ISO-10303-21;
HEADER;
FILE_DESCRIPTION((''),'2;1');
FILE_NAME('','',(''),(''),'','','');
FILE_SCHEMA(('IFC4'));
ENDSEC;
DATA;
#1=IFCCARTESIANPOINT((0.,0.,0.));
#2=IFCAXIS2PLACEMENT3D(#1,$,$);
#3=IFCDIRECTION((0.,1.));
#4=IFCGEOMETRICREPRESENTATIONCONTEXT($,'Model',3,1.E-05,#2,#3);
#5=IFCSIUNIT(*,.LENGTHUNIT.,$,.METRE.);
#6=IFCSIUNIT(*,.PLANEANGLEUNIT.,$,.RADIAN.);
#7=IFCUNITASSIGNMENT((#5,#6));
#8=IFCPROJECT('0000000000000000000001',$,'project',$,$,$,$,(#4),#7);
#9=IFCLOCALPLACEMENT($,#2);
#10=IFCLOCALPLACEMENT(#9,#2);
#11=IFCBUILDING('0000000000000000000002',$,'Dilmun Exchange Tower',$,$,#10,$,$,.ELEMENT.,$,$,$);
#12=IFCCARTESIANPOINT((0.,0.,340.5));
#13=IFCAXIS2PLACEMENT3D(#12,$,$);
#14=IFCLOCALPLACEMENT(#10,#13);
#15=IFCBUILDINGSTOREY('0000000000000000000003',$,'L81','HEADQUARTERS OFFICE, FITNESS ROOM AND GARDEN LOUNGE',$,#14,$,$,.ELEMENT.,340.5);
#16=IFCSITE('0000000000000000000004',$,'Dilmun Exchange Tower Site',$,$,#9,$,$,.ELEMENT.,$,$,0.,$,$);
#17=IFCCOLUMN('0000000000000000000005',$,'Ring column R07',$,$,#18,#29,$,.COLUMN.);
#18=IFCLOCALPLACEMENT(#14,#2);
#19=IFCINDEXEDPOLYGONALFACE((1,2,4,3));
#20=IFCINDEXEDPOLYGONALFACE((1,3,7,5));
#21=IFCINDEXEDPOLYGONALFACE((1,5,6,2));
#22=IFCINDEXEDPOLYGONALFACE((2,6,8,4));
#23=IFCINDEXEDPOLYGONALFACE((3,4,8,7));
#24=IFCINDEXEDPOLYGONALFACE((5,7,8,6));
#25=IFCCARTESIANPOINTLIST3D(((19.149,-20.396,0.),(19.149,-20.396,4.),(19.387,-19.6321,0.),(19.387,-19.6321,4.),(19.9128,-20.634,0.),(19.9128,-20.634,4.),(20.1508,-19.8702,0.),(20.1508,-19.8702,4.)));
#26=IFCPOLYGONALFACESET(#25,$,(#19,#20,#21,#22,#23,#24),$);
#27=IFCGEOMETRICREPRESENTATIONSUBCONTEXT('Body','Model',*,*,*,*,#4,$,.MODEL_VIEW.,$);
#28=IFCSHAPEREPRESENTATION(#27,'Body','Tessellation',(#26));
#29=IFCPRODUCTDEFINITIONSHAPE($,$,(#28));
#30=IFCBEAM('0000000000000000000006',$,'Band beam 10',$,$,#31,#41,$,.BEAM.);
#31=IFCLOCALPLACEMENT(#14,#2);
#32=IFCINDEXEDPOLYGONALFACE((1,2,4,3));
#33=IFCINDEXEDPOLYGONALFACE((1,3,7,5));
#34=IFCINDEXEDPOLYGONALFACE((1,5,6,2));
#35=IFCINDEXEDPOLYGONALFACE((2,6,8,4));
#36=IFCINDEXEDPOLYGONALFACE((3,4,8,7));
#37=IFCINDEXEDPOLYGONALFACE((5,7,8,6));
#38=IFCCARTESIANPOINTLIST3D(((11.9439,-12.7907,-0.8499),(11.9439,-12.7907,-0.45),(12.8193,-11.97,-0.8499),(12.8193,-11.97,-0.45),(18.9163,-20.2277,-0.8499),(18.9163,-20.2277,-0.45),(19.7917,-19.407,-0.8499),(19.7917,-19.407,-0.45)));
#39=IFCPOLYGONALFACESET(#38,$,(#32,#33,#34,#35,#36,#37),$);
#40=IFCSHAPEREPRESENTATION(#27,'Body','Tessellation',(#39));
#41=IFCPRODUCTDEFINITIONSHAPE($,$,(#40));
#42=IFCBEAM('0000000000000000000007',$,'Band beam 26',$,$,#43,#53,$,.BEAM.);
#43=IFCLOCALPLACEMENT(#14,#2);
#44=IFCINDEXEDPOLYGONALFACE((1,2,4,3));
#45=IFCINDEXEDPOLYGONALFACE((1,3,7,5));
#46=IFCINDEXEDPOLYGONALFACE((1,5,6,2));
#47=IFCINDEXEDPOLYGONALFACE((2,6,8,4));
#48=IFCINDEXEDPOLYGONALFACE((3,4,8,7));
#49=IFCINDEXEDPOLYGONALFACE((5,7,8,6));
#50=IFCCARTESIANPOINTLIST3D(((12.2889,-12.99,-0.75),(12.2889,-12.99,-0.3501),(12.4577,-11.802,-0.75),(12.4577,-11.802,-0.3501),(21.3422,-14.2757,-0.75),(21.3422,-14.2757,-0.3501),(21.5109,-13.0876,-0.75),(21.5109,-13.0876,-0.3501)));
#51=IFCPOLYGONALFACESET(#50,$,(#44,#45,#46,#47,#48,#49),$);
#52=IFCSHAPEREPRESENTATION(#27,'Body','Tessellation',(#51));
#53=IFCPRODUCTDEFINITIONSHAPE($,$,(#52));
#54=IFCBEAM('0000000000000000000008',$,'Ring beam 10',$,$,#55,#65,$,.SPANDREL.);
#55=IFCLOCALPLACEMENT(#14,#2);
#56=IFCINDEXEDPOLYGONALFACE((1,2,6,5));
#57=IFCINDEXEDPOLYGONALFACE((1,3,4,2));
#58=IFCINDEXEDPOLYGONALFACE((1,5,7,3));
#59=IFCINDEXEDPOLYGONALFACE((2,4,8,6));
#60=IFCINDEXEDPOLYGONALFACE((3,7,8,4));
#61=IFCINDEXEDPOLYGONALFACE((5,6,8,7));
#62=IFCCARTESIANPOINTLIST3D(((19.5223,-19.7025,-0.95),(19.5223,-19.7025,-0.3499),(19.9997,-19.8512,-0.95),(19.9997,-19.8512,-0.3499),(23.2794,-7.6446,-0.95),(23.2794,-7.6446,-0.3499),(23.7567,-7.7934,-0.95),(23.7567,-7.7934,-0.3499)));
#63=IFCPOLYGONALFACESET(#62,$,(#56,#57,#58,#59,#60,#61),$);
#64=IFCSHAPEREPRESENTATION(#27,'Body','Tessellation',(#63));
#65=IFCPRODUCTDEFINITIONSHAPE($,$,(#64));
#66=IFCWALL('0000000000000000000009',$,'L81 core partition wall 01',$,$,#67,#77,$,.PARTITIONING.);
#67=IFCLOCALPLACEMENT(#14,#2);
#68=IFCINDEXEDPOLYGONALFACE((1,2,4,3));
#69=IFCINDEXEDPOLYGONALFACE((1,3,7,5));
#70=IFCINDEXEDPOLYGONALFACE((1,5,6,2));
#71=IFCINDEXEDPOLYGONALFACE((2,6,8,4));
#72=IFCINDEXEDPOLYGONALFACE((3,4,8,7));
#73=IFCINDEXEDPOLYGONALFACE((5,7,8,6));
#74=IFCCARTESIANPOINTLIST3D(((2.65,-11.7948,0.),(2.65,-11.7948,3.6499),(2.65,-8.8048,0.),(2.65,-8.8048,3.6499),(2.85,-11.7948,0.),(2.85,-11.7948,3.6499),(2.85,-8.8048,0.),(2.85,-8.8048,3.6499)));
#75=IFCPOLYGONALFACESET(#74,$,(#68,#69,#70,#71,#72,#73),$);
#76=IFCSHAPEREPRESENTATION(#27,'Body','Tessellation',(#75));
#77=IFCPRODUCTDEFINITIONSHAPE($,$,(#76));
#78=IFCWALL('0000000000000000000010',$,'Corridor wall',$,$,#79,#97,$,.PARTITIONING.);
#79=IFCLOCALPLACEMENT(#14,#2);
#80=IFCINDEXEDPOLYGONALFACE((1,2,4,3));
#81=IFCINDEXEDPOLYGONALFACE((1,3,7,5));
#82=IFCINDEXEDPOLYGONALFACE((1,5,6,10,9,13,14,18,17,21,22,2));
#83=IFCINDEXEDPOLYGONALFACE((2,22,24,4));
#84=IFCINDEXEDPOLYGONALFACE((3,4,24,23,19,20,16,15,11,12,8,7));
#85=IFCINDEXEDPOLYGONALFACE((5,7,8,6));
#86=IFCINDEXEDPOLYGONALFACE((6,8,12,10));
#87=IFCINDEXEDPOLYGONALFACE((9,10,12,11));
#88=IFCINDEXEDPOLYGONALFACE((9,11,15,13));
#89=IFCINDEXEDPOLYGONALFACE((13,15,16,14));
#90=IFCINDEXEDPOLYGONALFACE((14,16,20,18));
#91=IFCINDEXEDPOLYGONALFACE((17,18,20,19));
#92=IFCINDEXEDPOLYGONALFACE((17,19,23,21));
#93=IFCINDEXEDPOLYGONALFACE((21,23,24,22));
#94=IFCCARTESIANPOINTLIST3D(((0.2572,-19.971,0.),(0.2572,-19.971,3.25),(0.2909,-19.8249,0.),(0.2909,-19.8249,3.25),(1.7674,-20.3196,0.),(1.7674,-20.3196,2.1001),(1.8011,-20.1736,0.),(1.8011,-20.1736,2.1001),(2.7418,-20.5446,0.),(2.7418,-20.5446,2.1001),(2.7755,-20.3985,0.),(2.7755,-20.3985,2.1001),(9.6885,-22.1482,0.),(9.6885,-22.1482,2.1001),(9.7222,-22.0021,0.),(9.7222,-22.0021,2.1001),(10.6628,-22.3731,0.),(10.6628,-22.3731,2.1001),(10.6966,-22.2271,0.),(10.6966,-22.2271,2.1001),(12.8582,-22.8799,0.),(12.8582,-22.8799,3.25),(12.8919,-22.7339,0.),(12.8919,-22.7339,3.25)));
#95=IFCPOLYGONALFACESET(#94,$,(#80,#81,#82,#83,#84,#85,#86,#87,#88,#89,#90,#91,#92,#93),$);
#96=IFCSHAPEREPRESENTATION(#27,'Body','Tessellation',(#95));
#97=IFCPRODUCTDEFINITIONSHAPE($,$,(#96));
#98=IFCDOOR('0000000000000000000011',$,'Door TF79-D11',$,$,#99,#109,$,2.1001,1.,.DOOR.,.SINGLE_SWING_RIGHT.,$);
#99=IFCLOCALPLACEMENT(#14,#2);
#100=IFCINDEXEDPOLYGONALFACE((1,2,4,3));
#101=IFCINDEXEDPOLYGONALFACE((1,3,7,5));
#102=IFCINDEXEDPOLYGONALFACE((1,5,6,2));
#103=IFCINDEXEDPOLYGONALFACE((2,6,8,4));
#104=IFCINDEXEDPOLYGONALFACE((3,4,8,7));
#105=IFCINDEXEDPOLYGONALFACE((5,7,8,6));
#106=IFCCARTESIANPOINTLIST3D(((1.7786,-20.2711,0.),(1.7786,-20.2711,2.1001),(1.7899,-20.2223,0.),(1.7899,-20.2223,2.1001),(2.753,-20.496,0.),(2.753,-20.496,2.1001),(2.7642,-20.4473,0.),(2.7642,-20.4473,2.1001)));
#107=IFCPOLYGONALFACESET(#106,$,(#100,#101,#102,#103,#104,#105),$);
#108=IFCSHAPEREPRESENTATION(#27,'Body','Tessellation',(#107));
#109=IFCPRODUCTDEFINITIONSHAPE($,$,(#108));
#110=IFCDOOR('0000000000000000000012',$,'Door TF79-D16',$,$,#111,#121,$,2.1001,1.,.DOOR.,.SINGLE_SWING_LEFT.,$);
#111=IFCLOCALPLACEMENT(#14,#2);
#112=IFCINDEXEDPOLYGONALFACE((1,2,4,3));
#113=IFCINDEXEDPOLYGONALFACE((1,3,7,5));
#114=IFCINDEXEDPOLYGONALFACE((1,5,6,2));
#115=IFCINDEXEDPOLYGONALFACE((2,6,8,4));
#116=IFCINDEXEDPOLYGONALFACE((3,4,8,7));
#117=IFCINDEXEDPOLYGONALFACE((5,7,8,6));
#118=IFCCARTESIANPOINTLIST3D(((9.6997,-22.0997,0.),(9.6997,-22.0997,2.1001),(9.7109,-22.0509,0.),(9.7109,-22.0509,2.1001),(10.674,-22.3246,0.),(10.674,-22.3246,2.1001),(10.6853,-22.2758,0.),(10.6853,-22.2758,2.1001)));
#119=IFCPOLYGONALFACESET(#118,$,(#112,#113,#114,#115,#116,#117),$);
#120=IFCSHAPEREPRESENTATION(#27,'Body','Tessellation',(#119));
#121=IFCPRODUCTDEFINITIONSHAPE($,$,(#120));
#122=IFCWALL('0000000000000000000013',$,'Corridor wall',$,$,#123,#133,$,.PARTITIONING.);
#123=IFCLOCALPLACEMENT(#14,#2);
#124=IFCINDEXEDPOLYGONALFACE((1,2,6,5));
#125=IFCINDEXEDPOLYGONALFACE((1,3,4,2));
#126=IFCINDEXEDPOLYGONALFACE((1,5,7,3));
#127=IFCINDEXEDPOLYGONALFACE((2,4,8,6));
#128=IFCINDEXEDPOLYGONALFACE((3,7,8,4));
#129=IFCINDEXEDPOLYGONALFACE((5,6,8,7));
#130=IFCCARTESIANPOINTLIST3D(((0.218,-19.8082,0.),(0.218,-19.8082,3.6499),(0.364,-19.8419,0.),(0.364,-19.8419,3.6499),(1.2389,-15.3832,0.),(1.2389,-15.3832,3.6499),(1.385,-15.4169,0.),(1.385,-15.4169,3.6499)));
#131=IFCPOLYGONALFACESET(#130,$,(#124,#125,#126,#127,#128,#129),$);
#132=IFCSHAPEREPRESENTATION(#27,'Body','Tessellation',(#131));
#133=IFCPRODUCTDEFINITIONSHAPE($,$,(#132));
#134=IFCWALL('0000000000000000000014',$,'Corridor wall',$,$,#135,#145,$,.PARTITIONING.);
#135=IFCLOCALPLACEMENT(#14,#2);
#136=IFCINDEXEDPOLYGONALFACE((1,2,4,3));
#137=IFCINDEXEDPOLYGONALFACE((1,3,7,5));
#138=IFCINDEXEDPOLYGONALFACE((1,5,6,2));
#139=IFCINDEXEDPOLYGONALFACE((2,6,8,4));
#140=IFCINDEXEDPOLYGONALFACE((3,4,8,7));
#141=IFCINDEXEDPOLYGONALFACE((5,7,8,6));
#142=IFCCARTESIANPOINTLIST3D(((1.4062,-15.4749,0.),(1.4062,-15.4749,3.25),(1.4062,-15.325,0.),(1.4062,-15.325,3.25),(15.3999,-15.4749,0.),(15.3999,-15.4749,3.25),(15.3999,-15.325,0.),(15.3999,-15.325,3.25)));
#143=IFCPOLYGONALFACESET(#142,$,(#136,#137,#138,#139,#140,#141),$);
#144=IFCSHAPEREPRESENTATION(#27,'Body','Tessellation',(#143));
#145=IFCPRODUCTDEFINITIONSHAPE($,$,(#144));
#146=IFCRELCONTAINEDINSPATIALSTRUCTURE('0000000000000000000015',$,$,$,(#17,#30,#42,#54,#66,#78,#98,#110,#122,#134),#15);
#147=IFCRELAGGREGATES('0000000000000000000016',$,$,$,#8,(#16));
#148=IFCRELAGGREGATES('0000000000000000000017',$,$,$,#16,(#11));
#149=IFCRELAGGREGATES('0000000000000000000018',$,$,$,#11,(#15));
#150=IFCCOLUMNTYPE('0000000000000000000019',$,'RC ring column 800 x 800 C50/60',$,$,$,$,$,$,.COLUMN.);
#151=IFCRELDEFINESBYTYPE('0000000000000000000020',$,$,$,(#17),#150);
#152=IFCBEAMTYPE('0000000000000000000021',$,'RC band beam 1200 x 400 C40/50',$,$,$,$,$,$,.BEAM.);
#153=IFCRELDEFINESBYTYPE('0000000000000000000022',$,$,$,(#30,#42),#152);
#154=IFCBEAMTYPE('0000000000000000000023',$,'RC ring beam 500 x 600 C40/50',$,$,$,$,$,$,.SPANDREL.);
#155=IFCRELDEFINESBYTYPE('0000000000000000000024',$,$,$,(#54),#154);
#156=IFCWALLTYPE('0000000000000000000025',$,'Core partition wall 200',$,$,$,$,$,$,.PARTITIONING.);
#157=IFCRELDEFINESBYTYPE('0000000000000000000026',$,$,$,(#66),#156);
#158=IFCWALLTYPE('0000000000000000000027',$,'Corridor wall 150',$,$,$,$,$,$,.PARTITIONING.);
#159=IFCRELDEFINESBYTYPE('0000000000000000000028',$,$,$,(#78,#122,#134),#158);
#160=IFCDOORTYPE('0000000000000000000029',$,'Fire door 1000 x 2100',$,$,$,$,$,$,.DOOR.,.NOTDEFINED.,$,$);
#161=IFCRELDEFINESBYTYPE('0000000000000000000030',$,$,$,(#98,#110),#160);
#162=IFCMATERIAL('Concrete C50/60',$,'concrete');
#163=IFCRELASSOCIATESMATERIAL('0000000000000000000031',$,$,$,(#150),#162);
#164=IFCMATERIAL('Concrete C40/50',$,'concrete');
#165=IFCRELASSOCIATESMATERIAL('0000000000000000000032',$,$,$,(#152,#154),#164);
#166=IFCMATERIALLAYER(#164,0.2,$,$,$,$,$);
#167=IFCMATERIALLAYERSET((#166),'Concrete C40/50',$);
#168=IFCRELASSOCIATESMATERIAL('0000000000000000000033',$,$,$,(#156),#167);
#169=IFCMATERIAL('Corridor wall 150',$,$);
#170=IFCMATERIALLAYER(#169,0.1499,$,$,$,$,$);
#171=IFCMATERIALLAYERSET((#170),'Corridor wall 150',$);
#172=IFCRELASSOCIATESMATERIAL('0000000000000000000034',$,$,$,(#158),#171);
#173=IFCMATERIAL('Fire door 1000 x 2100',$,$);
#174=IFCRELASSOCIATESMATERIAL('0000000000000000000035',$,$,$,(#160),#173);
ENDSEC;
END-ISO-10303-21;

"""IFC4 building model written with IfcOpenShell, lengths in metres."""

from ifc_helpers import new_model, si_unit, direction, frame, frame_2d, origin, origin_2d, place, context, subcontext, project, spatial, rectangle, extrude, material, layer, layer_set, material_profile, profile_set, type_object, element, fill, save


model = new_model("IFC4")

# Units and contexts
model_context = context("Model", 3, precision=1e-05, world=origin(), true_north=direction((0.0, 1.0)))
body_context = subcontext(model_context, "Body", "Model", "MODEL_VIEW")
ifc_project = project(units=[si_unit("LENGTHUNIT", "METRE"), si_unit("PLANEANGLEUNIT", "RADIAN")], contexts=[model_context])

# Site, building, storey
site_placement = place(None, origin())
site = spatial("IfcSite", under=ifc_project, at=site_placement, Name="Dilmun Exchange Tower Site", CompositionType="ELEMENT", RefElevation=0.0)
building_placement = place(site_placement, origin())
building = spatial("IfcBuilding", under=site, at=building_placement, Name="Dilmun Exchange Tower", CompositionType="ELEMENT")
storey_placement = place(building_placement, frame((0.0, 0.0, 340.5)))
storey = spatial("IfcBuildingStorey", under=building, at=storey_placement, Name="L81", Description="HEADQUARTERS OFFICE, FITNESS ROOM AND GARDEN LOUNGE", CompositionType="ELEMENT", Elevation=340.5)

# Column
ifc_material_1 = material(Name="Concrete C50/60", Category="concrete")
ifc_material_profile_1 = material_profile(ifc_material_1, rectangle(XDim=0.8, YDim=0.8, at=origin_2d()), Name="800 x 800")
ifc_profile_set_1 = profile_set([ifc_material_profile_1], Name="Concrete C50/60")
column_type = type_object("IfcColumnType", Name="RC ring column 800 x 800 C50/60", PredefinedType="COLUMN", material=ifc_profile_set_1)
column_placement = place(storey_placement, frame((19.6499, -20.1331, 0.0), z_axis=(0.0, 0.0, 1.0), x_axis=(0.297503, 0.954721, 0.0)))
element("IfcColumn", 1, at=column_placement, inside=storey, type_object=column_type, Name="Ring column R07", PredefinedType="COLUMN", context=body_context, shape_type="SweptSolid", body=[
    extrude(rectangle(XDim=0.8, YDim=0.8, at=origin_2d()), origin(), (0.0, 0.0, 1.0), 4.0),
])

# Beams
ifc_material_2 = material(Name="Concrete C40/50", Category="concrete")
ifc_material_profile_2 = material_profile(ifc_material_2, rectangle(XDim=1.2, YDim=0.3999, at=origin_2d()), Name="1200 x 400")
ifc_profile_set_2 = profile_set([ifc_material_profile_2], Name="Concrete C40/50")
beam_type_1 = type_object("IfcBeamType", Name="RC band beam 1200 x 400 C40/50", PredefinedType="BEAM", material=ifc_profile_set_2)
beam_1_placement = place(storey_placement, frame((19.354, -19.8174, -0.6499), z_axis=(-0.683952, 0.729527, 0.0), x_axis=(-0.729527, -0.683952, 0.0)))
element("IfcBeam", 2, at=beam_1_placement, inside=storey, type_object=beam_type_1, Name="Band beam 10", PredefinedType="BEAM", context=body_context, shape_type="SweptSolid", body=[
    extrude(rectangle(XDim=1.2, YDim=0.3999, at=origin_2d()), origin(), (0.0, 0.0, 1.0), 10.1943),
])
beam_2_placement = place(storey_placement, frame((21.4265, -13.6816, -0.55), z_axis=(-0.990067, 0.140599, 0.0), x_axis=(-0.140599, -0.990067, 0.0)))
element("IfcBeam", 3, at=beam_2_placement, inside=storey, type_object=beam_type_1, Name="Band beam 26", PredefinedType="BEAM", context=body_context, shape_type="SweptSolid", body=[
    extrude(rectangle(XDim=1.2, YDim=0.3999, at=origin_2d()), origin(), (0.0, 0.0, 1.0), 9.144),
])
ifc_material_profile_3 = material_profile(ifc_material_2, rectangle(XDim=0.5, YDim=0.6001, at=origin_2d()), Name="500 x 600")
ifc_profile_set_3 = profile_set([ifc_material_profile_3], Name="Concrete C40/50")
beam_type_2 = type_object("IfcBeamType", Name="RC ring beam 500 x 600 C40/50", PredefinedType="SPANDREL", material=ifc_profile_set_3)
beam_3_placement = place(storey_placement, frame((19.761, -19.7769, -0.6499), z_axis=(0.297481, 0.954728, 0.0), x_axis=(-0.954728, 0.297481, 0.0)))
element("IfcBeam", 4, at=beam_3_placement, inside=storey, type_object=beam_type_2, Name="Ring beam 10", PredefinedType="SPANDREL", context=body_context, shape_type="SweptSolid", body=[
    extrude(rectangle(XDim=0.5, YDim=0.6001, at=origin_2d()), origin(), (0.0, 0.0, 1.0), 12.6296),
])

# Wall
ifc_layer_1 = layer(ifc_material_2, 0.2)
ifc_layer_set_1 = layer_set([ifc_layer_1], Name="Concrete C40/50")
wall_type_1 = type_object("IfcWallType", Name="Core partition wall 200", PredefinedType="PARTITIONING", material=ifc_layer_set_1)
wall_1_placement = place(storey_placement, frame((2.75, -11.7949, 0.0), z_axis=(0.0, 0.0, 1.0), x_axis=(0.0, 1.0, 0.0)))
element("IfcWall", 5, at=wall_1_placement, inside=storey, type_object=wall_type_1, Name="L81 core partition wall 01", PredefinedType="PARTITIONING", context=body_context, shape_type="SweptSolid", body=[
    extrude(rectangle(XDim=2.99, YDim=0.2, at=frame_2d((1.4951, 0.0))), origin(), (0.0, 0.0, 1.0), 3.6499),
])

# Wall, openings, doors
ifc_material_3 = material(Name="Corridor wall 150")
ifc_layer_2 = layer(ifc_material_3, 0.1499)
ifc_layer_set_2 = layer_set([ifc_layer_2], Name="Corridor wall 150")
wall_type_2 = type_object("IfcWallType", Name="Corridor wall 150", PredefinedType="PARTITIONING", material=ifc_layer_set_2)
wall_2_placement = place(storey_placement, frame((0.2739, -19.8979, 0.0), z_axis=(0.0, 0.0, 1.0), x_axis=(0.974374, -0.224933, 0.0)))
wall_2 = element("IfcWall", 6, at=wall_2_placement, inside=storey, type_object=wall_type_2, Name="Corridor wall", PredefinedType="PARTITIONING", context=body_context, shape_type="SweptSolid", body=[
    extrude(rectangle(XDim=12.9324, YDim=0.1499, at=frame_2d((6.4663, 0.0))), origin(), (0.0, 0.0, 1.0), 3.25),
])
opening_1_placement = place(wall_2_placement, frame((1.55, 0.0, 0.0)))
opening_1 = element("IfcOpeningElement", 7, at=opening_1_placement, cuts=wall_2, PredefinedType="OPENING", context=body_context, shape_type="SweptSolid", body=[
    extrude(rectangle(XDim=1.0, YDim=2.1001, at=frame_2d((0.5, 1.05))), frame((0.0, 0.085, 0.0), z_axis=(0.0, -1.0, 0.0), x_axis=(1.0, 0.0, 0.0)), (0.0, 0.0, 1.0), 0.1699),
])
opening_2_placement = place(wall_2_placement, frame((9.6794, 0.0, 0.0)))
opening_2 = element("IfcOpeningElement", 8, at=opening_2_placement, cuts=wall_2, PredefinedType="OPENING", context=body_context, shape_type="SweptSolid", body=[
    extrude(rectangle(XDim=1.0, YDim=2.1001, at=frame_2d((0.5, 1.05))), frame((0.0, 0.085, 0.0), z_axis=(0.0, -1.0, 0.0), x_axis=(1.0, 0.0, 0.0)), (0.0, 0.0, 1.0), 0.1699),
])
ifc_material_4 = material(Name="Fire door 1000 x 2100")
door_type_1 = type_object("IfcDoorType", Name="Fire door 1000 x 2100", OperationType="NOTDEFINED", PredefinedType="DOOR", material=ifc_material_4)
door_1_placement = place(opening_1_placement, origin())
door_1 = element("IfcDoor", 9, at=door_1_placement, inside=storey, type_object=door_type_1, Name="Door TF79-D11", OperationType="SINGLE_SWING_RIGHT", OverallHeight=2.1001, OverallWidth=1.0, PredefinedType="DOOR", context=body_context, shape_type="SweptSolid", body=[
    extrude(rectangle(XDim=1.0, YDim=2.1001, at=frame_2d((0.5, 1.05))), frame((0.0, 0.0249, 0.0), z_axis=(0.0, -1.0, 0.0), x_axis=(1.0, 0.0, 0.0)), (0.0, 0.0, 1.0), 0.05),
])
fill(opening_1, door_1)
door_2_placement = place(opening_2_placement, origin())
door_2 = element("IfcDoor", 10, at=door_2_placement, inside=storey, type_object=door_type_1, Name="Door TF79-D16", OperationType="SINGLE_SWING_LEFT", OverallHeight=2.1001, OverallWidth=1.0, PredefinedType="DOOR", context=body_context, shape_type="SweptSolid", body=[
    extrude(rectangle(XDim=1.0, YDim=2.1001, at=frame_2d((0.5, 1.05))), frame((0.0, 0.0249, 0.0), z_axis=(0.0, -1.0, 0.0), x_axis=(1.0, 0.0, 0.0)), (0.0, 0.0, 1.0), 0.05),
])
fill(opening_2, door_2)

# Walls
wall_3_placement = place(storey_placement, frame((0.291, -19.825, 0.0), z_axis=(0.0, 0.0, 1.0), x_axis=(0.224824, 0.974399, 0.0)))
element("IfcWall", 11, at=wall_3_placement, inside=storey, type_object=wall_type_2, Name="Corridor wall", PredefinedType="PARTITIONING", context=body_context, shape_type="SweptSolid", body=[
    extrude(rectangle(XDim=4.5413, YDim=0.1499, at=frame_2d((2.2705, 0.0))), origin(), (0.0, 0.0, 1.0), 3.6499),
])
wall_4_placement = place(storey_placement, frame((1.4062, -15.3999, 0.0), z_axis=(0.0, 0.0, 1.0), x_axis=(1.0, 0.0, 0.0)))
element("IfcWall", 12, at=wall_4_placement, inside=storey, type_object=wall_type_2, Name="Corridor wall", PredefinedType="PARTITIONING", context=body_context, shape_type="SweptSolid", body=[
    extrude(rectangle(XDim=13.9937, YDim=0.1499, at=frame_2d((6.9968, 0.0))), origin(), (0.0, 0.0, 1.0), 3.25),
])

save(model, "model.ifc")
